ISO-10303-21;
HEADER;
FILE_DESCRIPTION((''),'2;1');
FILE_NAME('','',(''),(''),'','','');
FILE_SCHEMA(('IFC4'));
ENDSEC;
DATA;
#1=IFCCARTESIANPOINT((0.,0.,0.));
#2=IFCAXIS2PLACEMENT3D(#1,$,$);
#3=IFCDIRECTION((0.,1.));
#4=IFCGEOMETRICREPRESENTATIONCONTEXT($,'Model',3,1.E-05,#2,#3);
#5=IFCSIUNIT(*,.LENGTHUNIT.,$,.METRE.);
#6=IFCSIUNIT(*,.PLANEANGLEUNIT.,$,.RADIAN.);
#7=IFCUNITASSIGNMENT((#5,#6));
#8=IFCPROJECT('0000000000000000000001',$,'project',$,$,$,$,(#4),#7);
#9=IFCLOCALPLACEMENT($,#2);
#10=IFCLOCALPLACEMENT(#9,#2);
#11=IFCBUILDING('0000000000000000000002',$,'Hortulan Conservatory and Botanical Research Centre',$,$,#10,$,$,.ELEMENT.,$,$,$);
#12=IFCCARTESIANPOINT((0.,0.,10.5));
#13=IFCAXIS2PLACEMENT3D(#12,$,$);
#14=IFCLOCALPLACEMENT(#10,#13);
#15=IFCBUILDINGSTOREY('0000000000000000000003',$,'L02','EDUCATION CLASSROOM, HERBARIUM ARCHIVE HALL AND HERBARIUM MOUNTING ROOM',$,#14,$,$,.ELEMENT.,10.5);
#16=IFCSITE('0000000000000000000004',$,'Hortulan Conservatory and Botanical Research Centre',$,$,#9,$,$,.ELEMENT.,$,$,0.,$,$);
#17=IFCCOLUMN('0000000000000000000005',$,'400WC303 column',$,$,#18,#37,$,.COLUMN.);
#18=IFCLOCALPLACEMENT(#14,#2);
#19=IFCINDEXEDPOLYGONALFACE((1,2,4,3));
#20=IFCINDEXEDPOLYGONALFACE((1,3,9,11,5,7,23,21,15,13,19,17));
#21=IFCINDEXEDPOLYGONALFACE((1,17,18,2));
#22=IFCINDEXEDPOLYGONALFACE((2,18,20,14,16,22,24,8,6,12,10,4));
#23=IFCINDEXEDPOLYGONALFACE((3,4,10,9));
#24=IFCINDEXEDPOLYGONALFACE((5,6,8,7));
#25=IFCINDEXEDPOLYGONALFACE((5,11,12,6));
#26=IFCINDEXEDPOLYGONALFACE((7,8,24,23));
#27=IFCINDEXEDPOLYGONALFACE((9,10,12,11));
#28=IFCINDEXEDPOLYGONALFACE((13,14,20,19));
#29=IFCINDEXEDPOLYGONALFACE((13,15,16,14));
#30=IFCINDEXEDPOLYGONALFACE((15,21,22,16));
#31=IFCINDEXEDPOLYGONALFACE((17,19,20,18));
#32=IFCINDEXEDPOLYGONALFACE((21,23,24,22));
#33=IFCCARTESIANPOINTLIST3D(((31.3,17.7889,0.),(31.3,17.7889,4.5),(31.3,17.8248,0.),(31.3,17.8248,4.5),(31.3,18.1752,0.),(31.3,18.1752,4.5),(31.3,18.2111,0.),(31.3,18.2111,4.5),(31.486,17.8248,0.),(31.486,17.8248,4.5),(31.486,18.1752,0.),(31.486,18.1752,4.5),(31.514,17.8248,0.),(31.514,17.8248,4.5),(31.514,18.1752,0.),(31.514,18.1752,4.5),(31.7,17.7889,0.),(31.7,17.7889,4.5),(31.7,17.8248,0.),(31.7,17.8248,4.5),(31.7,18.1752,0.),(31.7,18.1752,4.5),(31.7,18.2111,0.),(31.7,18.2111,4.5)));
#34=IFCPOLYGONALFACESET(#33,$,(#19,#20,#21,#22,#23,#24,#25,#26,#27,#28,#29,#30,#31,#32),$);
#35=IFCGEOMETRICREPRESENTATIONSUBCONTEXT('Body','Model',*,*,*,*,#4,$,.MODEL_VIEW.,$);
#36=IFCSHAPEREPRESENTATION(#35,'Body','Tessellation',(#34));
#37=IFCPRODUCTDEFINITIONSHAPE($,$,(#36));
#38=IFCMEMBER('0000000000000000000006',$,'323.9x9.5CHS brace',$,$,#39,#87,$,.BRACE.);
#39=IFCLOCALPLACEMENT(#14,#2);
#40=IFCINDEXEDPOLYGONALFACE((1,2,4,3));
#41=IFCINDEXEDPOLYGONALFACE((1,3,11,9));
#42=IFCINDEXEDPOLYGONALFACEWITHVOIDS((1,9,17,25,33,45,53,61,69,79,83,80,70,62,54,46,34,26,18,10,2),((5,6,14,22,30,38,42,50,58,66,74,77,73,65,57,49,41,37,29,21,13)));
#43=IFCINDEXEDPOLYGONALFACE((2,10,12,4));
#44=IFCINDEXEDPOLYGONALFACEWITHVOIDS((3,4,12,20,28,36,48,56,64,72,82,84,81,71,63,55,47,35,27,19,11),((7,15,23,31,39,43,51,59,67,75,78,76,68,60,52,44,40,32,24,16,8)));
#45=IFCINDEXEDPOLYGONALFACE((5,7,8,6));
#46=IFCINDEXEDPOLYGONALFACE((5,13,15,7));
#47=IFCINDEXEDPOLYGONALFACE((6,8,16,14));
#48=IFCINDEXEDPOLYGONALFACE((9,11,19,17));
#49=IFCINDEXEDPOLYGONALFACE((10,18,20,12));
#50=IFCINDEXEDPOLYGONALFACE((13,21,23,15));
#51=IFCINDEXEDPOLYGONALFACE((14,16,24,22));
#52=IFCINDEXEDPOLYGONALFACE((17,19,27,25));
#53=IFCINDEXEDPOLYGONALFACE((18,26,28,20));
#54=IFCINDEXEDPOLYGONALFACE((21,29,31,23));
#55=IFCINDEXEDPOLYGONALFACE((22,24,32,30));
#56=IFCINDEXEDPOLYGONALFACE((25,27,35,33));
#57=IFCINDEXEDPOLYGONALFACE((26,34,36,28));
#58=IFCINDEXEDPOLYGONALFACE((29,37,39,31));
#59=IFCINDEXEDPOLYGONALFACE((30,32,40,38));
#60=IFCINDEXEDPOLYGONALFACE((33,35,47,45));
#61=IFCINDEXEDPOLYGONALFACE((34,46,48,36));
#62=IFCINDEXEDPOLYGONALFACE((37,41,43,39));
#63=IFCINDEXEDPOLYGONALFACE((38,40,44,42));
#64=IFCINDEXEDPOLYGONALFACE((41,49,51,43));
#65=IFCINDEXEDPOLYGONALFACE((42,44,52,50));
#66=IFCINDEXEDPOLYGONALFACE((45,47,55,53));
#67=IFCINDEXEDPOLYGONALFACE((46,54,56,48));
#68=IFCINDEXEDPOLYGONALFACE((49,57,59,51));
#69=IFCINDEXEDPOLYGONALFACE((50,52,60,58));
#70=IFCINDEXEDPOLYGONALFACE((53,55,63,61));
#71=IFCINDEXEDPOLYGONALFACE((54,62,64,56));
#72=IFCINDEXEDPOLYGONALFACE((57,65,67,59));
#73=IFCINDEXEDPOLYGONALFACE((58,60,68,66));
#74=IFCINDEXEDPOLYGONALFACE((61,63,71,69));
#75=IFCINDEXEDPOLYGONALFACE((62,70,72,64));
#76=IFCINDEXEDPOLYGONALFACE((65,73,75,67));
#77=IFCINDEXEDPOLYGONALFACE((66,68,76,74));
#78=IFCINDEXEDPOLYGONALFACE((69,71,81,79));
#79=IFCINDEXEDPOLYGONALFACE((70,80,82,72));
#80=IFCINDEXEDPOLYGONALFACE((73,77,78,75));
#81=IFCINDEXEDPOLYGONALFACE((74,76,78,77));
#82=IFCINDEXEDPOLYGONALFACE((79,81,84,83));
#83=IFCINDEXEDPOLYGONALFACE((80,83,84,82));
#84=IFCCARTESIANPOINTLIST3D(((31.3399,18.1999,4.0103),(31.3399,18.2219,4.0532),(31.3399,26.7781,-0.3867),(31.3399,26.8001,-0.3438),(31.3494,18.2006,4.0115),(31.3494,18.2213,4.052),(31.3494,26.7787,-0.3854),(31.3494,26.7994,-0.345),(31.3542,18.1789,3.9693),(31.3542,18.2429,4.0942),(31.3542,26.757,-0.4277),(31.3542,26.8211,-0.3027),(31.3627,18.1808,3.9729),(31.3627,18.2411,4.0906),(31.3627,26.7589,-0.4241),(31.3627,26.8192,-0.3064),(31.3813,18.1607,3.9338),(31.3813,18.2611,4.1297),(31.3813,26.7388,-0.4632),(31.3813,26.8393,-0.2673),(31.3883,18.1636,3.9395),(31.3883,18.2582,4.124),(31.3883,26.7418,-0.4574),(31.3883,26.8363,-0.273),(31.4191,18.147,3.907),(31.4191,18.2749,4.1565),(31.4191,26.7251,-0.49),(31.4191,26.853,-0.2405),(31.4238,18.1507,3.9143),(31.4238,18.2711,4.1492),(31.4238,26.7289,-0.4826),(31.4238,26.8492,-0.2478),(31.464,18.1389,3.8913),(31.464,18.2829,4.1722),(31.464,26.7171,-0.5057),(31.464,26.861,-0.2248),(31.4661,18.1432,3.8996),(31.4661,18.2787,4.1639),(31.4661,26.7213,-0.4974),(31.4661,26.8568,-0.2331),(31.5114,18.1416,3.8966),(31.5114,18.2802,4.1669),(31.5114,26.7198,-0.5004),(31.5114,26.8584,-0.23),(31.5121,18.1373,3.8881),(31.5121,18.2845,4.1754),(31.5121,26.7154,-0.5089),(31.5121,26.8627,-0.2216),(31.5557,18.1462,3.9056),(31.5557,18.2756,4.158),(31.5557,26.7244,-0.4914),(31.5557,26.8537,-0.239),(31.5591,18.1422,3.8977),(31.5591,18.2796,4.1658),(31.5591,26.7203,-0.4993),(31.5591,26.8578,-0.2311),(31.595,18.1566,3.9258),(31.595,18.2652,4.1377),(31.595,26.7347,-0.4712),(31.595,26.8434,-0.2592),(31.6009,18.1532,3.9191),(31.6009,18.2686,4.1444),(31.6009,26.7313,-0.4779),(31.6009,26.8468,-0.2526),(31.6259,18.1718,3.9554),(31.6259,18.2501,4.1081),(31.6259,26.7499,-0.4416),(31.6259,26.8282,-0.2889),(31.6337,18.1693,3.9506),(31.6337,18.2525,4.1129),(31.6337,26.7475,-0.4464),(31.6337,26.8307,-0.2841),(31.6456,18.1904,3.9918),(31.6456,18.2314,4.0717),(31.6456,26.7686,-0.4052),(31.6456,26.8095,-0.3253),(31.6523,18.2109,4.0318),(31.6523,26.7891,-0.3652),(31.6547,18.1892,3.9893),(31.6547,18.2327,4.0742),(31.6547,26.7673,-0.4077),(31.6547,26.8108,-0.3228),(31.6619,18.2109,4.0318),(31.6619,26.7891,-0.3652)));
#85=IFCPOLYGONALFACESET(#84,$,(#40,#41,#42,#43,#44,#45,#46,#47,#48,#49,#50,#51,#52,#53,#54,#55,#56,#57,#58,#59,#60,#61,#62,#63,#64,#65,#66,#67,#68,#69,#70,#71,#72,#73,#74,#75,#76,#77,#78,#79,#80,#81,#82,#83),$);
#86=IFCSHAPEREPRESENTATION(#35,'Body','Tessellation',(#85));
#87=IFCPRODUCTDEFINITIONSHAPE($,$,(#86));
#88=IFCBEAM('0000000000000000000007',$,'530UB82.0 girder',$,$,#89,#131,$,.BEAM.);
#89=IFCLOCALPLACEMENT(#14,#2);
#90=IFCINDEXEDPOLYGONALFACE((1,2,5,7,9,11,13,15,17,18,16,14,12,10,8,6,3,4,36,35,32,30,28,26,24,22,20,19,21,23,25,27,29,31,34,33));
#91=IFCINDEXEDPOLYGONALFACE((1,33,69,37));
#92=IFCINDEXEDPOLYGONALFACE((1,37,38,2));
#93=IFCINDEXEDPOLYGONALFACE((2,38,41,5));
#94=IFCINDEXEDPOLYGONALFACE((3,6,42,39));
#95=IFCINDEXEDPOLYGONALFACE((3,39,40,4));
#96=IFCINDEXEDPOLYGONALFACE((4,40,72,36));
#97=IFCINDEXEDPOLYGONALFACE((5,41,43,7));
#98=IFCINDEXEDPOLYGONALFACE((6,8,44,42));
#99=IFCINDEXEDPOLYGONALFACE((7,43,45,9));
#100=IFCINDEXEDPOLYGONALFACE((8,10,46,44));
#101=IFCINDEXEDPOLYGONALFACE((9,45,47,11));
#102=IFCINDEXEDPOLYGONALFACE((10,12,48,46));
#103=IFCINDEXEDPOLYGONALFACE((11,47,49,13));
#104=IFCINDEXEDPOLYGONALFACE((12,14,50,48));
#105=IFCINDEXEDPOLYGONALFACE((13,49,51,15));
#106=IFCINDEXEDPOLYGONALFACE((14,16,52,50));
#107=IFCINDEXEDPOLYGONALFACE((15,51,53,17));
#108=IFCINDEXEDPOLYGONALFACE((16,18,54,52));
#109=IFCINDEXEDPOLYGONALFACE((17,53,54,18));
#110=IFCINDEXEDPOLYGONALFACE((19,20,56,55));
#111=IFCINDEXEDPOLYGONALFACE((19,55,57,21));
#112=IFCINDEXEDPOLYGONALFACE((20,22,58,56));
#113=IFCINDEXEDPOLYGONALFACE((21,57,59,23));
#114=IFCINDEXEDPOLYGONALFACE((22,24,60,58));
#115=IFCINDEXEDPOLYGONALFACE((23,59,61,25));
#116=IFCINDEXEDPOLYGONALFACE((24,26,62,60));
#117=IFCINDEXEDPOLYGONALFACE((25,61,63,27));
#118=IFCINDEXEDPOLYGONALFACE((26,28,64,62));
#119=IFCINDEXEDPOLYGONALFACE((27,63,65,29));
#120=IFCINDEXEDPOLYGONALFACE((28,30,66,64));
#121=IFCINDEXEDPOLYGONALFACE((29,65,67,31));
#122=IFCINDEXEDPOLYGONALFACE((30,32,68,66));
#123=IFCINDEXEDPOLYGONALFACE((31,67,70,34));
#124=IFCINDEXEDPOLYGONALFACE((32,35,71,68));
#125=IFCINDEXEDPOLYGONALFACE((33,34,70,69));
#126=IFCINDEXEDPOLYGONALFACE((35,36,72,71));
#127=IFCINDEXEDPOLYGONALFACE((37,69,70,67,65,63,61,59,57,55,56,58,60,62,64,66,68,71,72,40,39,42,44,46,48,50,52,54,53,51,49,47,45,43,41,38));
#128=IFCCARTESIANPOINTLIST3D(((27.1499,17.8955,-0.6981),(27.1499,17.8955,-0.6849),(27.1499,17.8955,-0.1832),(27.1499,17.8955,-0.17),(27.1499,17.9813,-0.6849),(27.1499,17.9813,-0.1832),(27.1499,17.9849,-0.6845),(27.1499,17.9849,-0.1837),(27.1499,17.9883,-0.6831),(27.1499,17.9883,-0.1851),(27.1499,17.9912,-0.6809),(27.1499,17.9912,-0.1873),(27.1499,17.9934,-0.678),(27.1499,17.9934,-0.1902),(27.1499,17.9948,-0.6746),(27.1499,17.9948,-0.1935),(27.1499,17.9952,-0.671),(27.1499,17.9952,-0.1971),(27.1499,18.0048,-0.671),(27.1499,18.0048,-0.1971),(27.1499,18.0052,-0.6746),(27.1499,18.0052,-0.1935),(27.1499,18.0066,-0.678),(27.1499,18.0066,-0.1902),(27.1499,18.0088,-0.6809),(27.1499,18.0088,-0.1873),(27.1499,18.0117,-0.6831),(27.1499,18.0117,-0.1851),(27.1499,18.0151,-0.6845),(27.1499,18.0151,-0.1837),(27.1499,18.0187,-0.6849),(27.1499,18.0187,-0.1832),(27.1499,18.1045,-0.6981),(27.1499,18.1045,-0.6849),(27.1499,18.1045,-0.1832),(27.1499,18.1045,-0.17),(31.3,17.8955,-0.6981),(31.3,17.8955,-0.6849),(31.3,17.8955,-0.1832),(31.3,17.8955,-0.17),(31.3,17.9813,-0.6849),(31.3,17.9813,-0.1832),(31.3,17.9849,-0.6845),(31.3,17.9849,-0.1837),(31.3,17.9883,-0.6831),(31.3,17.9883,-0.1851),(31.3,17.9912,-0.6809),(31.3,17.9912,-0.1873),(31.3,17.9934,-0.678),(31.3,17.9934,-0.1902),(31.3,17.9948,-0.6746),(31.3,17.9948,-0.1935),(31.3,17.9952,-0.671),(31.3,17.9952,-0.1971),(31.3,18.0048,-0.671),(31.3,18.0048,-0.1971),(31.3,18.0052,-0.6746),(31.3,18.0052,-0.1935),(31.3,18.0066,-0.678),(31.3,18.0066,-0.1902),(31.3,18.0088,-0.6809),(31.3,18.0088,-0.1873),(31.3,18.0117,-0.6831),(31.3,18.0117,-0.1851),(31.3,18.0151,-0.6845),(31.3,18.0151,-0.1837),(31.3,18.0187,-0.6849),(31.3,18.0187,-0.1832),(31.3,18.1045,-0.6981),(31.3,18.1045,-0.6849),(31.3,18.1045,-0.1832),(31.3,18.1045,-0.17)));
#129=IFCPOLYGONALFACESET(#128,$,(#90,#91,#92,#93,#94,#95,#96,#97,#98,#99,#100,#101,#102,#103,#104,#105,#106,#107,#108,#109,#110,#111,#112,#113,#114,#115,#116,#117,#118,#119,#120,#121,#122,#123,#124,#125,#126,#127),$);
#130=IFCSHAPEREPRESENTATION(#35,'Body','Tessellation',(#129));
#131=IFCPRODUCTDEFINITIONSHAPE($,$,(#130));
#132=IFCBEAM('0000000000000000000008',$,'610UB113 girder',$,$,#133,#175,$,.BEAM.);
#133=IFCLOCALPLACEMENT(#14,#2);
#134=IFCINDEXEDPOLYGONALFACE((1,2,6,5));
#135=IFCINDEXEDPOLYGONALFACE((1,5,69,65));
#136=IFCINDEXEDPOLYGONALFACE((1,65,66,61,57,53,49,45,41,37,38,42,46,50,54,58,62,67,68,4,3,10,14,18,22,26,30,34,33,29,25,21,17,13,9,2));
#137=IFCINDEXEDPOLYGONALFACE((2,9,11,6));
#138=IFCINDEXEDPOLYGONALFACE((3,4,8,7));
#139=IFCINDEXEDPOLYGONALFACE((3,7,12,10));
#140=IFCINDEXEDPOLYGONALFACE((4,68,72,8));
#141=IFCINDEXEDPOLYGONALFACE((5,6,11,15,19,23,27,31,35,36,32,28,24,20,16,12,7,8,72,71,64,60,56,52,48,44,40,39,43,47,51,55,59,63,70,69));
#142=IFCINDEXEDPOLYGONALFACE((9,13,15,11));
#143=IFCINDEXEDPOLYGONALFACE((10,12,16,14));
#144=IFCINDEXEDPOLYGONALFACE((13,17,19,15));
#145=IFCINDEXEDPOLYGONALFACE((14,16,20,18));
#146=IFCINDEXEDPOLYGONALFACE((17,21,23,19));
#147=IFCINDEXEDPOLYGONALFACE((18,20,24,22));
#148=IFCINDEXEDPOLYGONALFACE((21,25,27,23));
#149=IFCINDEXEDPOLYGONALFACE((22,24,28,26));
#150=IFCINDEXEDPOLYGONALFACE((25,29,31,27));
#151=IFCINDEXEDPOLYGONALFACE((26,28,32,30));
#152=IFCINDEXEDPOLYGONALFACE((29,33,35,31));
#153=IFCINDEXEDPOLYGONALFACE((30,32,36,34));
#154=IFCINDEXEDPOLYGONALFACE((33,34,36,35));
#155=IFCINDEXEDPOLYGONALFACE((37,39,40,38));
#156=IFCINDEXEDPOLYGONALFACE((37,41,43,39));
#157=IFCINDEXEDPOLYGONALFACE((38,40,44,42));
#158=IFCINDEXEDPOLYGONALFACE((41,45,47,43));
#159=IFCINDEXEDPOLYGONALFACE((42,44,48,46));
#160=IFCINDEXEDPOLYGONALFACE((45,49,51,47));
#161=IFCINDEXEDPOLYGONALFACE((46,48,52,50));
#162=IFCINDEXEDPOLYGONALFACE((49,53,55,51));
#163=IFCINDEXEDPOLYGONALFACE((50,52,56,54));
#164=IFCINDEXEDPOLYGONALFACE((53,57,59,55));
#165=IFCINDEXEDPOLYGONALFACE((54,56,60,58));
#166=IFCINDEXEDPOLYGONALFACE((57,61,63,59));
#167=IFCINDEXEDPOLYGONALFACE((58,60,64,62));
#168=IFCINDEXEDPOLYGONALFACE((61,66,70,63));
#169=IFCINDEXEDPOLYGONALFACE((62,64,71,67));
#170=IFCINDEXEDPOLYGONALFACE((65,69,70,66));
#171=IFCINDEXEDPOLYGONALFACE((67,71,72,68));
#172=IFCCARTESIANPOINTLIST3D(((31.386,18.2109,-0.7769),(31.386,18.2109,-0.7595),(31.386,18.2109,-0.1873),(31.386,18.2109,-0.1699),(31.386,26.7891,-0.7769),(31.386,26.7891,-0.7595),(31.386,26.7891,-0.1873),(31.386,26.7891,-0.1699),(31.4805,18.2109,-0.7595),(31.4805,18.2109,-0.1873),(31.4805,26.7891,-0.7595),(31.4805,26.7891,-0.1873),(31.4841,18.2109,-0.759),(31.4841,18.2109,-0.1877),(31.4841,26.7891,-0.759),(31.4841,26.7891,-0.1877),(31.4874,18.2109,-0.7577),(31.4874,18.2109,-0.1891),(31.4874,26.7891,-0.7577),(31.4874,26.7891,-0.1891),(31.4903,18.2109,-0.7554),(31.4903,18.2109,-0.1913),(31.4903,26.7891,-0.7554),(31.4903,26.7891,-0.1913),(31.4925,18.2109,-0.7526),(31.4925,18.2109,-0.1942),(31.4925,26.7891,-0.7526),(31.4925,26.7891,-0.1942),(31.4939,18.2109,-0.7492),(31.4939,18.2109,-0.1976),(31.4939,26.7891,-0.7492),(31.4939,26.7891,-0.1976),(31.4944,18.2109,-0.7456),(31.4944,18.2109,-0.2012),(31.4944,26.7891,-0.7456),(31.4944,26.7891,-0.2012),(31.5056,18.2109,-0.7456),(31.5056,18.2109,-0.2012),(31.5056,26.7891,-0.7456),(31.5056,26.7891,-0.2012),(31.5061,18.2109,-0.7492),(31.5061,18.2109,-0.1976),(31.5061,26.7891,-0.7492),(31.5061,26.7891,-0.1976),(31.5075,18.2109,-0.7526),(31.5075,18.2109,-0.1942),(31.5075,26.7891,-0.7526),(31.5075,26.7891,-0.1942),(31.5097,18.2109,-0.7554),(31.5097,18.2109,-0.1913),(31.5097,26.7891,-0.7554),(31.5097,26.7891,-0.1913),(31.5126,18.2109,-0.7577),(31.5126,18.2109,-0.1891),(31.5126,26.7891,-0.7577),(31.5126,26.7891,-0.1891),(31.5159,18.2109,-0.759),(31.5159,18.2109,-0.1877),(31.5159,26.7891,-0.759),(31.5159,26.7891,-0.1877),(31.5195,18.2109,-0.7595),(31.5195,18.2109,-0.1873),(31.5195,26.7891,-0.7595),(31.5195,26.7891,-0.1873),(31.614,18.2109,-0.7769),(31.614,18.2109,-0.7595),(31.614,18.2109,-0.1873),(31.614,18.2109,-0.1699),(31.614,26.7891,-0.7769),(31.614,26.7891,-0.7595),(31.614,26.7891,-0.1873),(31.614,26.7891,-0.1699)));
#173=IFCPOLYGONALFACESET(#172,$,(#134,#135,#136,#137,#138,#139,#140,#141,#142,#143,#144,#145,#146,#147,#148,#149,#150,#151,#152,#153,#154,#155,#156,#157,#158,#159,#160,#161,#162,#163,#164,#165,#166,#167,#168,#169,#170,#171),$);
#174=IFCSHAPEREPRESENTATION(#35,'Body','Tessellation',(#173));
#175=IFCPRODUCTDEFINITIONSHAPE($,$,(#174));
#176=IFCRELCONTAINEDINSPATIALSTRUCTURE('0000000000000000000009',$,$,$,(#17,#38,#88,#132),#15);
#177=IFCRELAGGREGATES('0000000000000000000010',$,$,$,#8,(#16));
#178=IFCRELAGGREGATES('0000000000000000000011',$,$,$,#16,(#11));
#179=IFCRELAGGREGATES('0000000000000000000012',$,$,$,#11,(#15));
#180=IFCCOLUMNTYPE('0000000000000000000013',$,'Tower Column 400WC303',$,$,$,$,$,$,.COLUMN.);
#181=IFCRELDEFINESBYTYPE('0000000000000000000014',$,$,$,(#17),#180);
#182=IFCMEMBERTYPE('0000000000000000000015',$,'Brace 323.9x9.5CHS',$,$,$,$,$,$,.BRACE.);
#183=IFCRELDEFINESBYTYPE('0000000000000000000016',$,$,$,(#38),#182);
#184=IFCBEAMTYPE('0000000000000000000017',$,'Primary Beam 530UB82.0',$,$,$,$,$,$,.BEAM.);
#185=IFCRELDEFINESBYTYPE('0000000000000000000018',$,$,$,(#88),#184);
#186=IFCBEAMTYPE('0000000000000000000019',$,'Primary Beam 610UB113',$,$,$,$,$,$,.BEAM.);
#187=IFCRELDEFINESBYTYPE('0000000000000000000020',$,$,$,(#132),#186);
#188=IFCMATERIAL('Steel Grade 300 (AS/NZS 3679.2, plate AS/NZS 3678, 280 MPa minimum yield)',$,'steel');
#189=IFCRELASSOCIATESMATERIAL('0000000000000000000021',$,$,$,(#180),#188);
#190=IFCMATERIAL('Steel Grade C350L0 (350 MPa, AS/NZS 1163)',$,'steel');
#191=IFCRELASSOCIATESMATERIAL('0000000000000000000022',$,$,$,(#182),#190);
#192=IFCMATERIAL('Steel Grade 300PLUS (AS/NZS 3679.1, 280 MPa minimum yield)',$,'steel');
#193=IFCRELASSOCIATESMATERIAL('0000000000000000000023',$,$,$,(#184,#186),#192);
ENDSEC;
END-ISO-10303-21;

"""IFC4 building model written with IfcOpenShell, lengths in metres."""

from ifc_helpers import new_model, si_unit, direction, frame, origin, origin_2d, place, context, subcontext, project, spatial, hollow_circle, i_section, extrude, material, material_profile, profile_set, type_object, element, save


model = new_model("IFC4")

# Units and contexts
model_context = context("Model", 3, precision=1e-05, world=origin(), true_north=direction((0.0, 1.0)))
body_context = subcontext(model_context, "Body", "Model", "MODEL_VIEW")
ifc_project = project(units=[si_unit("LENGTHUNIT", "METRE"), si_unit("PLANEANGLEUNIT", "RADIAN")], contexts=[model_context])

# Site, building, storey
site_placement = place(None, origin())
site = spatial("IfcSite", under=ifc_project, at=site_placement, Name="Hortulan Conservatory and Botanical Research Centre", CompositionType="ELEMENT", RefElevation=0.0)
building_placement = place(site_placement, origin())
building = spatial("IfcBuilding", under=site, at=building_placement, Name="Hortulan Conservatory and Botanical Research Centre", CompositionType="ELEMENT")
storey_placement = place(building_placement, frame((0.0, 0.0, 10.5)))
storey = spatial("IfcBuildingStorey", under=building, at=storey_placement, Name="L02", Description="EDUCATION CLASSROOM, HERBARIUM ARCHIVE HALL AND HERBARIUM MOUNTING ROOM", CompositionType="ELEMENT", Elevation=10.5)

# Column
ifc_material_1 = material(Name="Steel Grade 300 (AS/NZS 3679.2, plate AS/NZS 3678, 280 MPa minimum yield)", Category="steel")
ifc_material_profile_1 = material_profile(ifc_material_1, i_section(OverallWidth=0.3999, OverallDepth=0.4221, WebThickness=0.0281, FlangeThickness=0.0359, at=origin_2d()), Name="400WC303")
ifc_profile_set_1 = profile_set([ifc_material_profile_1], Name="Steel Grade 300 (AS/NZS 3679.2, plate AS/NZS 3678, 280 MPa minimum yield)")
column_type = type_object("IfcColumnType", Name="Tower Column 400WC303", PredefinedType="COLUMN", material=ifc_profile_set_1)
column_placement = place(storey_placement, frame((31.5, 18.0, 0.0), z_axis=(0.0, 0.0, 1.0), x_axis=(1.0, 0.0, 0.0)))
element("IfcColumn", 1, at=column_placement, inside=storey, type_object=column_type, Name="400WC303 column", PredefinedType="COLUMN", context=body_context, shape_type="SweptSolid", body=[
    extrude(i_section(OverallWidth=0.3999, OverallDepth=0.4221, WebThickness=0.0281, FlangeThickness=0.0359, at=origin_2d()), origin(), (0.0, 0.0, 1.0), 4.5),
])

# Member
ifc_material_2 = material(Name="Steel Grade C350L0 (350 MPa, AS/NZS 1163)", Category="steel")
ifc_material_profile_2 = material_profile(ifc_material_2, hollow_circle(Radius=0.1619, WallThickness=0.0095, at=origin_2d()), Name="323.9x9.5CHS")
ifc_profile_set_2 = profile_set([ifc_material_profile_2], Name="Steel Grade C350L0 (350 MPa, AS/NZS 1163)")
member_type = type_object("IfcMemberType", Name="Brace 323.9x9.5CHS", PredefinedType="BRACE", material=ifc_profile_set_2)
member_placement = place(storey_placement, frame((31.5, 26.7891, -0.3652), z_axis=(0.0, -0.889904, 0.456147), x_axis=(1.0, 0.0, 0.0)))
element("IfcMember", 2, at=member_placement, inside=storey, type_object=member_type, Name="323.9x9.5CHS brace", PredefinedType="BRACE", context=body_context, shape_type="SweptSolid", body=[
    extrude(hollow_circle(Radius=0.1619, WallThickness=0.0095, at=origin_2d()), origin(), (0.0, 0.0, 1.0), 9.6394),
])

# Beams
ifc_material_3 = material(Name="Steel Grade 300PLUS (AS/NZS 3679.1, 280 MPa minimum yield)", Category="steel")
ifc_material_profile_3 = material_profile(ifc_material_3, i_section(OverallWidth=0.209, OverallDepth=0.5281, WebThickness=0.0095, FlangeThickness=0.0132, FilletRadius=0.0139, at=origin_2d()), Name="530UB82.0")
ifc_profile_set_3 = profile_set([ifc_material_profile_3], Name="Steel Grade 300PLUS (AS/NZS 3679.1, 280 MPa minimum yield)")
beam_type_1 = type_object("IfcBeamType", Name="Primary Beam 530UB82.0", PredefinedType="BEAM", material=ifc_profile_set_3)
beam_1_placement = place(storey_placement, frame((27.1499, 18.0, -0.4341), z_axis=(1.0, 0.0, 0.0), x_axis=(0.0, 1.0, 0.0)))
element("IfcBeam", 3, at=beam_1_placement, inside=storey, type_object=beam_type_1, Name="530UB82.0 girder", PredefinedType="BEAM", context=body_context, shape_type="SweptSolid", body=[
    extrude(i_section(OverallWidth=0.209, OverallDepth=0.5281, WebThickness=0.0095, FlangeThickness=0.0132, FilletRadius=0.0139, at=origin_2d()), origin(), (0.0, 0.0, 1.0), 4.1501),
])
ifc_material_profile_4 = material_profile(ifc_material_3, i_section(OverallWidth=0.228, OverallDepth=0.6069, WebThickness=0.0112, FlangeThickness=0.0173, FilletRadius=0.0139, at=origin_2d()), Name="610UB113")
ifc_profile_set_4 = profile_set([ifc_material_profile_4], Name="Steel Grade 300PLUS (AS/NZS 3679.1, 280 MPa minimum yield)")
beam_type_2 = type_object("IfcBeamType", Name="Primary Beam 610UB113", PredefinedType="BEAM", material=ifc_profile_set_4)
beam_2_placement = place(storey_placement, frame((31.5, 18.2109, -0.4734), z_axis=(0.0, 1.0, 0.0), x_axis=(-1.0, 0.0, 0.0)))
element("IfcBeam", 4, at=beam_2_placement, inside=storey, type_object=beam_type_2, Name="610UB113 girder", PredefinedType="BEAM", context=body_context, shape_type="SweptSolid", body=[
    extrude(i_section(OverallWidth=0.228, OverallDepth=0.6069, WebThickness=0.0112, FlangeThickness=0.0173, FilletRadius=0.0139, at=origin_2d()), origin(), (0.0, 0.0, 1.0), 8.5781),
])

save(model, "model.ifc")
